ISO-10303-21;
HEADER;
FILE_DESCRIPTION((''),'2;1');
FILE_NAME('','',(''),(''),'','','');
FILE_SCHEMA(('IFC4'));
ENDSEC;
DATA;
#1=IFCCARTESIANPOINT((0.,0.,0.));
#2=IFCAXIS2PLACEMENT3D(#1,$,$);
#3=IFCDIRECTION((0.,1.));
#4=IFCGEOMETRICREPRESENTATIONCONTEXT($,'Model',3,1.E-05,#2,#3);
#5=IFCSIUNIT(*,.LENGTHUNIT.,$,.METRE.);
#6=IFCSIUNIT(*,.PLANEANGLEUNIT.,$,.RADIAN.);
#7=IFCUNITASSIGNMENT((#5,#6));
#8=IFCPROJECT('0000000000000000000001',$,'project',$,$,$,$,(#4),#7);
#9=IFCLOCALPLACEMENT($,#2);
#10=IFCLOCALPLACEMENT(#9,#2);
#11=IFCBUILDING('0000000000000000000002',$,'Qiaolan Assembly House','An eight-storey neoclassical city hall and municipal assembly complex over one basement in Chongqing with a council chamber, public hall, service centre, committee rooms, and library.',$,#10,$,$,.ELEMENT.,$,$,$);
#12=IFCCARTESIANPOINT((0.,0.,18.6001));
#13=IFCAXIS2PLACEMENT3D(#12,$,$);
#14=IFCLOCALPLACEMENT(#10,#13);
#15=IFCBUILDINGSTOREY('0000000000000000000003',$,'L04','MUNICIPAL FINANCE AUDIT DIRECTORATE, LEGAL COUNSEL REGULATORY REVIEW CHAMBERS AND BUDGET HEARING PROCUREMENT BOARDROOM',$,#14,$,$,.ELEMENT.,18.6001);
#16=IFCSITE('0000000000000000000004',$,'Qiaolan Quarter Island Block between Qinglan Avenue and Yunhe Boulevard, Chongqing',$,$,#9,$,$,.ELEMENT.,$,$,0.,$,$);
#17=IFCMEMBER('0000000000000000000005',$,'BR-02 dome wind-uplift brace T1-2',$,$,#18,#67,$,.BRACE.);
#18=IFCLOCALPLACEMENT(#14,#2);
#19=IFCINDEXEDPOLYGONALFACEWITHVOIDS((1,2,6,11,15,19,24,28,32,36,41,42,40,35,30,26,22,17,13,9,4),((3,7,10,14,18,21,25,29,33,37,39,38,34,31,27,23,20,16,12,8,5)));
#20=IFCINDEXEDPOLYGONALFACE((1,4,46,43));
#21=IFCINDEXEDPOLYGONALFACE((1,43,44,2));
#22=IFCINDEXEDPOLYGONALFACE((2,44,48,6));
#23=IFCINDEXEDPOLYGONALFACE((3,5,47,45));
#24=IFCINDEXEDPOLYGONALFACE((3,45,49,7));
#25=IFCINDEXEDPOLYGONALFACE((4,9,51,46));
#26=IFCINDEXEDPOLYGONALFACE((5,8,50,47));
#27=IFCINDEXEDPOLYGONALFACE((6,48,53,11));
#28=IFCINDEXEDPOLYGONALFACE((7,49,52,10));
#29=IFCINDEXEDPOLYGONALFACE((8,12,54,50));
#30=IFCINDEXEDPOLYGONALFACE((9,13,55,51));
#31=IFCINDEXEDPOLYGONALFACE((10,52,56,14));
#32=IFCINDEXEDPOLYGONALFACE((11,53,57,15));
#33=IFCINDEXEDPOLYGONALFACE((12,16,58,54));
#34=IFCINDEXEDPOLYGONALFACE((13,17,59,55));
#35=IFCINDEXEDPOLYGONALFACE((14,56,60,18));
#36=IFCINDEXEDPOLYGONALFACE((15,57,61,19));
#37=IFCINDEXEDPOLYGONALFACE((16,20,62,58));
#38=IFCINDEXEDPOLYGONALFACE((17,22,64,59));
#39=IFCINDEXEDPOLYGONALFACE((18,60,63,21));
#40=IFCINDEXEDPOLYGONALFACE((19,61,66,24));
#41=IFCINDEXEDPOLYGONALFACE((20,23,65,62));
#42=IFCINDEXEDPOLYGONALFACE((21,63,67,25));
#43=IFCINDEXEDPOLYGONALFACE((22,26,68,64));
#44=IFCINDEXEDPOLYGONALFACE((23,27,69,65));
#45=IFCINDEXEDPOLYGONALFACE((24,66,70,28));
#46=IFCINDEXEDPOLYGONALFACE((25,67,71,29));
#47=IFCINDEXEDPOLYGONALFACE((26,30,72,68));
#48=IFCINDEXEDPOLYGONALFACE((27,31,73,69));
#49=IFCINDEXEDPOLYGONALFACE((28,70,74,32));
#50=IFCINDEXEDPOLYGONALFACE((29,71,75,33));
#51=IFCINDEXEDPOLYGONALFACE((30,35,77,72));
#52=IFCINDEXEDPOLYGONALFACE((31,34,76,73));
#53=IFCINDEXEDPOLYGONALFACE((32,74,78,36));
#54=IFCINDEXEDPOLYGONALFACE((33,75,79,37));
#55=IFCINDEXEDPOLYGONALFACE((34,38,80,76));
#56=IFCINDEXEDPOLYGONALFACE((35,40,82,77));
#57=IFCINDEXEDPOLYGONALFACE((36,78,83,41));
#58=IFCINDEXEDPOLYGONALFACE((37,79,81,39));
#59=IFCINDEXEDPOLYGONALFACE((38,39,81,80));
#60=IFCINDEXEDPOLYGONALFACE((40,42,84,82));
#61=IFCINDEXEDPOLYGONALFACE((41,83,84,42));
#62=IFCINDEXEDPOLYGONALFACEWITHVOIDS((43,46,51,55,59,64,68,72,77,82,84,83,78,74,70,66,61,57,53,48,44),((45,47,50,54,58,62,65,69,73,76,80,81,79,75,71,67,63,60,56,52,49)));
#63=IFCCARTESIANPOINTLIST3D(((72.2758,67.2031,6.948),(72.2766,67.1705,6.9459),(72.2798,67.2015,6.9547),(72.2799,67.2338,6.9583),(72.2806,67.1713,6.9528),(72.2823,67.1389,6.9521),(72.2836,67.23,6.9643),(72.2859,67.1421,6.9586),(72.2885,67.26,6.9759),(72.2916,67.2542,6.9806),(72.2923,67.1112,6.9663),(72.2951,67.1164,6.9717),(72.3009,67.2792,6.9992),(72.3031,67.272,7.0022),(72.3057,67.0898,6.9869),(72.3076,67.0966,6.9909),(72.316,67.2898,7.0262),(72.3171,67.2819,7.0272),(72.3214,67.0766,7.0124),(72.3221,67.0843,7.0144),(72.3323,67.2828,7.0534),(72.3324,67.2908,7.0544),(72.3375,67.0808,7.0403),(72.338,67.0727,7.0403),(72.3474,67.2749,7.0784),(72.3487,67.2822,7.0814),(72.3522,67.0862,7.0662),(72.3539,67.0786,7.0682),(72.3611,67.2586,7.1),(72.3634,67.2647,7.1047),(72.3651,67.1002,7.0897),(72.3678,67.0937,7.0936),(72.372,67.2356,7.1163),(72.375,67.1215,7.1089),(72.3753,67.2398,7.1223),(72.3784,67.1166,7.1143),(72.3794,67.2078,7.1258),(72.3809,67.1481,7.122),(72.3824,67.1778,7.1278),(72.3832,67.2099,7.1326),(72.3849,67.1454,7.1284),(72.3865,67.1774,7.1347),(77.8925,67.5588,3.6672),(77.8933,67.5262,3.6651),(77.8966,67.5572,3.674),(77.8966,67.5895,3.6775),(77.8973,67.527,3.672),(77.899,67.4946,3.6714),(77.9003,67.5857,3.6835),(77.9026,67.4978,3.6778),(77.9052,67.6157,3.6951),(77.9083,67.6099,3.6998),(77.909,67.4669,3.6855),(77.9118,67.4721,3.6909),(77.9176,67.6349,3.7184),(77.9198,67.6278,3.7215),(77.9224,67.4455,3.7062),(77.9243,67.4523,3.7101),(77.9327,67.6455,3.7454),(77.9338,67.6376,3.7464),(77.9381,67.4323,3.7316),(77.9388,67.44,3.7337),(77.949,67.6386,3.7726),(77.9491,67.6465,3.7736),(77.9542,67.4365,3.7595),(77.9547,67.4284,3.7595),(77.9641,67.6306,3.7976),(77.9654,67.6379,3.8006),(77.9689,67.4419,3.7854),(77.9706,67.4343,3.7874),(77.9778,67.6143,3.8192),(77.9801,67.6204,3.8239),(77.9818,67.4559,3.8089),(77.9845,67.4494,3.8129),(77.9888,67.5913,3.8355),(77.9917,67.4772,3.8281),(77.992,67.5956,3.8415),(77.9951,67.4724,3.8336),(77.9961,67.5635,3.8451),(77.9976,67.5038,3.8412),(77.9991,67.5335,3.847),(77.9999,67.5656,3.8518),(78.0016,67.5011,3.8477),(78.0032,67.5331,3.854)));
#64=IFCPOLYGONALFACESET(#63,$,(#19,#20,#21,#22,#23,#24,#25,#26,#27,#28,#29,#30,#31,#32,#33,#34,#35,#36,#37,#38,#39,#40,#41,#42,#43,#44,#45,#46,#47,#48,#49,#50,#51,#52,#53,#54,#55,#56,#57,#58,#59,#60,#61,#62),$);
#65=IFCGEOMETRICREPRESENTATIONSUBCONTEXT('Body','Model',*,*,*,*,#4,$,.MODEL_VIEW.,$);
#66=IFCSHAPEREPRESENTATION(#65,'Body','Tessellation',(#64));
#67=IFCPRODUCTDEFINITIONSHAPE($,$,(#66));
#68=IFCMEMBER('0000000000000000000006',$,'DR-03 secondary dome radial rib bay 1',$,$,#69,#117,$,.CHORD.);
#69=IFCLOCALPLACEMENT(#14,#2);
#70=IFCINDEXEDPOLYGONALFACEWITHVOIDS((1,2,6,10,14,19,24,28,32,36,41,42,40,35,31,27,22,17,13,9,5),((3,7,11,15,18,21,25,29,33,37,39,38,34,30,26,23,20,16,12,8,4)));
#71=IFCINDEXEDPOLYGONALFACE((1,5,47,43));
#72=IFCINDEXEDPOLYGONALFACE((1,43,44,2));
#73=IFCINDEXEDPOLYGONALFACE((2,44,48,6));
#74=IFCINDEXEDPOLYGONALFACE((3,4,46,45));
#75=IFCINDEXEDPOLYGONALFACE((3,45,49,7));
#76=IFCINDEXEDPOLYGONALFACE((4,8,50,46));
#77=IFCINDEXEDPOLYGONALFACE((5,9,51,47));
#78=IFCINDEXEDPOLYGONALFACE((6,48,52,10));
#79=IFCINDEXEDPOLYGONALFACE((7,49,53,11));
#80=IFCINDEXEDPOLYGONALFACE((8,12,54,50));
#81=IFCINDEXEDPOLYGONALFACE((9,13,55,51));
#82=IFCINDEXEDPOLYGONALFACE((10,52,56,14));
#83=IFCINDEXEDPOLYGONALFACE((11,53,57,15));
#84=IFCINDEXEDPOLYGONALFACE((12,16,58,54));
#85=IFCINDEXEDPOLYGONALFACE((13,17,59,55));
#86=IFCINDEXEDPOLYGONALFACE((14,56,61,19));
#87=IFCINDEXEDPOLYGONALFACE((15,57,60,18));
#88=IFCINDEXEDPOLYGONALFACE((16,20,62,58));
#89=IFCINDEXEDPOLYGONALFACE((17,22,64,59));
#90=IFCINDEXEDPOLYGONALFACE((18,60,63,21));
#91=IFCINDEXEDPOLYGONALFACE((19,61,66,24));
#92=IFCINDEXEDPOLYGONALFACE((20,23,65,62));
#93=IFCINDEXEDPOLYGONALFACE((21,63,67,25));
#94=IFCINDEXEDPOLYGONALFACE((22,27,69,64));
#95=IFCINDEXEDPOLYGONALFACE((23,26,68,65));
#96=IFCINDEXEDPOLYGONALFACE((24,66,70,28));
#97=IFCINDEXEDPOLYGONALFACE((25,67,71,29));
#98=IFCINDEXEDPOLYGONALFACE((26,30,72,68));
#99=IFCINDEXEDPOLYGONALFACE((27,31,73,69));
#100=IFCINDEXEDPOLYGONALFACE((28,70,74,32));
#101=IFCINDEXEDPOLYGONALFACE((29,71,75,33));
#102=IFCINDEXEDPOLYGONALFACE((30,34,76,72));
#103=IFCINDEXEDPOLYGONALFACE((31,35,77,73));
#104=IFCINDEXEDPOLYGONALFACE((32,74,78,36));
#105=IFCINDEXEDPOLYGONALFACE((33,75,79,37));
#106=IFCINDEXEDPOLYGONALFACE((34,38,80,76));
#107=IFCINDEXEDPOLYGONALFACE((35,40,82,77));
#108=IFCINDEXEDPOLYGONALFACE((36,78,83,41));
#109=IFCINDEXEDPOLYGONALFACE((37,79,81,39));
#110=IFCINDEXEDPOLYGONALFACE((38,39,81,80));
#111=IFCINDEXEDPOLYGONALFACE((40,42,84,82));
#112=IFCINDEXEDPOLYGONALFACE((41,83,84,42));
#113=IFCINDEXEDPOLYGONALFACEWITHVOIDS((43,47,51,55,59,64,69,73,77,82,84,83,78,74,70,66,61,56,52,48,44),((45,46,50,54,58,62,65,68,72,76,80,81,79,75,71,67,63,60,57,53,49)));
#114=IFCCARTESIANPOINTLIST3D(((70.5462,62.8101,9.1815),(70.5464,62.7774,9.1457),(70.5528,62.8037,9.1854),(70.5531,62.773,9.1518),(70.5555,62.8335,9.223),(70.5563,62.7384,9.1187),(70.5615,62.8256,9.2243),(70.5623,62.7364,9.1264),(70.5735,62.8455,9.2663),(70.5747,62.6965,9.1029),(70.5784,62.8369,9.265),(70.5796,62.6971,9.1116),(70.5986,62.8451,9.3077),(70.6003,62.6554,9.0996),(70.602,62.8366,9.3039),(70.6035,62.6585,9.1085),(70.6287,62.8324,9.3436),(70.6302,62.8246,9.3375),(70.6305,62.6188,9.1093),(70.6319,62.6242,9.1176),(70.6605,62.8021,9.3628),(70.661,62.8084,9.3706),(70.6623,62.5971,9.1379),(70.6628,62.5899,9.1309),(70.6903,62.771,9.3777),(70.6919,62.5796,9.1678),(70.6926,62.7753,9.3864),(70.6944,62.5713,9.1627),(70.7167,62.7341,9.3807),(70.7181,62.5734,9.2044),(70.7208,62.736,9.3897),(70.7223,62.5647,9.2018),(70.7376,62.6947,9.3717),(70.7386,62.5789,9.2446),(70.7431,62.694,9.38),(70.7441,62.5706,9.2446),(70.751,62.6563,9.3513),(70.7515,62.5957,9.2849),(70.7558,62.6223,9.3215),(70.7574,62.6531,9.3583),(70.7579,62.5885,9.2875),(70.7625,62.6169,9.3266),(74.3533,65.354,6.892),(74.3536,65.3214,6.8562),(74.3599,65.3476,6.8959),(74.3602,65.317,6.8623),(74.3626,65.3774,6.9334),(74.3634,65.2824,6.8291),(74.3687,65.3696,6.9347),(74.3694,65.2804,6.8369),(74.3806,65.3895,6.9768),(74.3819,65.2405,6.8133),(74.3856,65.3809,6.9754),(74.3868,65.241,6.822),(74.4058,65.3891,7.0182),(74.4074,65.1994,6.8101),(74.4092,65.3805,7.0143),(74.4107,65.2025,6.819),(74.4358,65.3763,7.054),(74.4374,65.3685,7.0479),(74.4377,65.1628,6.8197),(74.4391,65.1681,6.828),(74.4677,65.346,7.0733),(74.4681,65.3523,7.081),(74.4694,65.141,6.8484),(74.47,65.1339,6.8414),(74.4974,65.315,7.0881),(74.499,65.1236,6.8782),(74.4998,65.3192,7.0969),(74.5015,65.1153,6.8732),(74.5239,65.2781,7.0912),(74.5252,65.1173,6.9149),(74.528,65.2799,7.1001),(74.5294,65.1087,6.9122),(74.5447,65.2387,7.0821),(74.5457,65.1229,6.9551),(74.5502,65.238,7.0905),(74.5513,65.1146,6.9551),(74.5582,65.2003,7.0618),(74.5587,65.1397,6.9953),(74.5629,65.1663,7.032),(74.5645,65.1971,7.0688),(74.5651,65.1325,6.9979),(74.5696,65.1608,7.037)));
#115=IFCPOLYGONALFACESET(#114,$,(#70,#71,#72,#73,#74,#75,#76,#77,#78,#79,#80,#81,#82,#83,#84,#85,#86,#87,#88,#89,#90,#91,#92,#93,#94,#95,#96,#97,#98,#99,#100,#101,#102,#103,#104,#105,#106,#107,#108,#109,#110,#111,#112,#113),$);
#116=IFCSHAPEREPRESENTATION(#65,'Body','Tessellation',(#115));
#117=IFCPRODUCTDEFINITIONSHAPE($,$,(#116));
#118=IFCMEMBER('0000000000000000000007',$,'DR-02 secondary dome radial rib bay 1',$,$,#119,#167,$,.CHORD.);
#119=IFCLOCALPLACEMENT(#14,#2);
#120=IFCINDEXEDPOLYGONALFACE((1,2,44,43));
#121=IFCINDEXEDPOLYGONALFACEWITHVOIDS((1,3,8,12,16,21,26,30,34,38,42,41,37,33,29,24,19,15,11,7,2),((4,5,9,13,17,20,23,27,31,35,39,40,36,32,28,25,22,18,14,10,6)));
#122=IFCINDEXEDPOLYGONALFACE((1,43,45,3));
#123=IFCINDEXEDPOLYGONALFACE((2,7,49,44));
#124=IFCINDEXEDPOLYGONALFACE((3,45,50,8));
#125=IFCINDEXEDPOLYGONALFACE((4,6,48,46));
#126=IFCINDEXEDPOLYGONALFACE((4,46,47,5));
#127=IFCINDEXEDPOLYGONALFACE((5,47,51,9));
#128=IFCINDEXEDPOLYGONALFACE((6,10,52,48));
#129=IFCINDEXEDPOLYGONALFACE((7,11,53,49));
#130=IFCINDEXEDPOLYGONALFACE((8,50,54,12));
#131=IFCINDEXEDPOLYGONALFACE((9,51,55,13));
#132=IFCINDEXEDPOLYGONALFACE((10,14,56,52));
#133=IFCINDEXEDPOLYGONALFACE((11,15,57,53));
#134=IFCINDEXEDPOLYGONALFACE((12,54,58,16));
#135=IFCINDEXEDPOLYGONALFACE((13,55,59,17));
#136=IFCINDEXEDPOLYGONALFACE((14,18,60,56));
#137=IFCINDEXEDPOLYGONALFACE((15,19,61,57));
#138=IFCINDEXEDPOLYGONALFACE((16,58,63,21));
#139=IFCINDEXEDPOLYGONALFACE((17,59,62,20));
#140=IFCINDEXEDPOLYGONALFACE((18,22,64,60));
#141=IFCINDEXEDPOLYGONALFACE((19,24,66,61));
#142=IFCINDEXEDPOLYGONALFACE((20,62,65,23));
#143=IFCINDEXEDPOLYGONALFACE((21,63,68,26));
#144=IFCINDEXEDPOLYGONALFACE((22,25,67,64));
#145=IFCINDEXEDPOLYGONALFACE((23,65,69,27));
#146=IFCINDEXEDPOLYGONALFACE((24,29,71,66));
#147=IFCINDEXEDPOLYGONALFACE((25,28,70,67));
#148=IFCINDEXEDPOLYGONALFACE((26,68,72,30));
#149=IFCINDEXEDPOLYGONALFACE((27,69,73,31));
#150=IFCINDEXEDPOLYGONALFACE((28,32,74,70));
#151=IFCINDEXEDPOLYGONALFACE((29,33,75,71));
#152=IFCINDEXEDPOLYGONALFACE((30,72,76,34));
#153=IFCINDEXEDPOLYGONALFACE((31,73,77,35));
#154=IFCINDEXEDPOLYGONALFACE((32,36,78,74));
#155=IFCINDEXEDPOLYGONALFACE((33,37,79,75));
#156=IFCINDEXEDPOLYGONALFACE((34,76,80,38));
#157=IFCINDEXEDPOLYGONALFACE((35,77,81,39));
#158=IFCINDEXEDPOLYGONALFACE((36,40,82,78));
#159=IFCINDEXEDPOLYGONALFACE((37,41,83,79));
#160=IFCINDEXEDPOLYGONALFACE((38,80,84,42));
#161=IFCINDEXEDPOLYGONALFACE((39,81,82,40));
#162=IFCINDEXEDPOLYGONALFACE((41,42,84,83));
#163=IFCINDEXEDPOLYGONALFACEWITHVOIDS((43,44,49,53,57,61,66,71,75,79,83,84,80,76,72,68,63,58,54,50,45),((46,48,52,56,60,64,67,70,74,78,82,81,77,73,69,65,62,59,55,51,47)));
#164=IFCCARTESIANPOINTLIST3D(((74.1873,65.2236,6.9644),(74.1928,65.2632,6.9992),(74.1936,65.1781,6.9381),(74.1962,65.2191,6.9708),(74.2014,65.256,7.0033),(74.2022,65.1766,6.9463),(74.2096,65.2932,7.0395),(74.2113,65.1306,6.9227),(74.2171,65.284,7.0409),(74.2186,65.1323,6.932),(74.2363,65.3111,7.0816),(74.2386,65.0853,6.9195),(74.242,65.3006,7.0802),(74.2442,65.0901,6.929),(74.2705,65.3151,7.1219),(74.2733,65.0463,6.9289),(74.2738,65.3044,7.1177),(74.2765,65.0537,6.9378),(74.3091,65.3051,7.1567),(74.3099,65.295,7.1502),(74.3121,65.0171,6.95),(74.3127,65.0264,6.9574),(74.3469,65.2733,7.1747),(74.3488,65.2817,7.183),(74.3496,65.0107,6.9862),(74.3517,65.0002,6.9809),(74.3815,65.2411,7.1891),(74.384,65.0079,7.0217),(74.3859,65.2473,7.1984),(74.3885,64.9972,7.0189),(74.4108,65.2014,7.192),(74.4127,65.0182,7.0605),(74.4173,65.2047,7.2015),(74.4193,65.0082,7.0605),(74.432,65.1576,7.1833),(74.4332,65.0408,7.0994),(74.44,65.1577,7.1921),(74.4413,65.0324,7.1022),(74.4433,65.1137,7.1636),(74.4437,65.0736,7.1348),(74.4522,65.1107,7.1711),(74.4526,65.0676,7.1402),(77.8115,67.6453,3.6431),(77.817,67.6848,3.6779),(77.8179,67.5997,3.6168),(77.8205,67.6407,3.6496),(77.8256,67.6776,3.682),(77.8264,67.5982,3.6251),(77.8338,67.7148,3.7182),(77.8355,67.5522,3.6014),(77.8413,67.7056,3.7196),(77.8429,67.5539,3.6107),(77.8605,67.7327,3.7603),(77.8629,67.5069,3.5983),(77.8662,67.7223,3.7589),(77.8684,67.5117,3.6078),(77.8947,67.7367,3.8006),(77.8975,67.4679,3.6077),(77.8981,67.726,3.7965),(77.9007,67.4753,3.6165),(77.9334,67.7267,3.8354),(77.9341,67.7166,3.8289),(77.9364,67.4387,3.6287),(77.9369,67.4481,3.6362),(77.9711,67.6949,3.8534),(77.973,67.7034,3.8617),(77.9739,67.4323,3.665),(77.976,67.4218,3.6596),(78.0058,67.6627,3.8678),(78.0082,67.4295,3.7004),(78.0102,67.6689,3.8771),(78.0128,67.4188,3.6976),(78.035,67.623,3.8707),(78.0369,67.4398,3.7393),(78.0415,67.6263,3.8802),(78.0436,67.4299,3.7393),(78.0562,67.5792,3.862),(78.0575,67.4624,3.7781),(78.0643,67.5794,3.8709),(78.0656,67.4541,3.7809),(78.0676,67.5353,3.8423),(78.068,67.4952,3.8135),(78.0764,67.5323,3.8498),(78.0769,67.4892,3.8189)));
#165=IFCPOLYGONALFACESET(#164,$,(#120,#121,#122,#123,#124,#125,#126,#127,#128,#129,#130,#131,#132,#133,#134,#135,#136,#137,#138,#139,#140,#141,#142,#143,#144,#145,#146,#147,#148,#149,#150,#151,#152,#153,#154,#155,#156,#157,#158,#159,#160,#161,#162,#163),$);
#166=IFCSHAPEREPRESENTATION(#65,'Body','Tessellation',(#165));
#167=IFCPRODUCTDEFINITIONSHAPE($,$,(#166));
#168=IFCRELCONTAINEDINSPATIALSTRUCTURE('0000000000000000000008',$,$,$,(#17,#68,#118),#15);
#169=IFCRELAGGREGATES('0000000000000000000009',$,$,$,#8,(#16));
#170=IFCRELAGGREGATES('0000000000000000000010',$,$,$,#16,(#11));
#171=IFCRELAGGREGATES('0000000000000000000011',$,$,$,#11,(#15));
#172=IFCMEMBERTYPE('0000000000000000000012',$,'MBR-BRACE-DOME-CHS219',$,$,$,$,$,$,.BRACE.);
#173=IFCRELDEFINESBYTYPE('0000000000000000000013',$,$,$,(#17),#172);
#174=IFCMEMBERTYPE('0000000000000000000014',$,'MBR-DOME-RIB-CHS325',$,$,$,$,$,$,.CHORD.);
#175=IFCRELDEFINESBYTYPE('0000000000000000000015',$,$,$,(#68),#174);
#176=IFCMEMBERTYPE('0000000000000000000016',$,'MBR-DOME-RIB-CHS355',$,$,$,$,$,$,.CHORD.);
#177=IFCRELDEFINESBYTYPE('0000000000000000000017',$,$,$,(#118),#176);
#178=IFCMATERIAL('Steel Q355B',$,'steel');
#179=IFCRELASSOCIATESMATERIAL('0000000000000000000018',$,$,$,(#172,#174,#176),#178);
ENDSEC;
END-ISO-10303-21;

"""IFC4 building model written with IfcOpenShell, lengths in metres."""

from ifc_helpers import new_model, si_unit, direction, frame, origin, origin_2d, place, context, subcontext, project, spatial, hollow_circle, extrude, material, material_profile, profile_set, type_object, element, save


model = new_model("IFC4")

# Units and contexts
model_context = context("Model", 3, precision=1e-05, world=origin(), true_north=direction((0.0, 1.0)))
body_context = subcontext(model_context, "Body", "Model", "MODEL_VIEW")
ifc_project = project(units=[si_unit("LENGTHUNIT", "METRE"), si_unit("PLANEANGLEUNIT", "RADIAN")], contexts=[model_context])

# Site, building, storey
site_placement = place(None, origin())
site = spatial("IfcSite", under=ifc_project, at=site_placement, Name="Qiaolan Quarter Island Block between Qinglan Avenue and Yunhe Boulevard, Chongqing", CompositionType="ELEMENT", RefElevation=0.0)
building_placement = place(site_placement, origin())
building = spatial("IfcBuilding", under=site, at=building_placement, Name="Qiaolan Assembly House", Description="An eight-storey neoclassical city hall and municipal assembly complex over one basement in Chongqing with a council chamber, public hall, service centre, committee rooms, and library.", CompositionType="ELEMENT")
storey_placement = place(building_placement, frame((0.0, 0.0, 18.6001)))
storey = spatial("IfcBuildingStorey", under=building, at=storey_placement, Name="L04", Description="MUNICIPAL FINANCE AUDIT DIRECTORATE, LEGAL COUNSEL REGULATORY REVIEW CHAMBERS AND BUDGET HEARING PROCUREMENT BOARDROOM", CompositionType="ELEMENT", Elevation=18.6001)

# Shared definitions
ifc_material_1 = material(Name="Steel Q355B", Category="steel")

# Members
ifc_material_profile_1 = material_profile(ifc_material_1, hollow_circle(Radius=0.1096, WallThickness=0.0081, at=origin_2d()), Name="CHS 219.1x8")
ifc_profile_set_1 = profile_set([ifc_material_profile_1], Name="Steel Q355B")
member_type_1 = type_object("IfcMemberType", Name="MBR-BRACE-DOME-CHS219", PredefinedType="BRACE", material=ifc_profile_set_1)
member_1_placement = place(storey_placement, frame((77.9478, 67.5378, 3.7595), z_axis=(-0.862199, -0.054604, 0.503618), x_axis=(0.063205, -0.998001, 0.0)))
element("IfcMember", 1, at=member_1_placement, inside=storey, type_object=member_type_1, Name="BR-02 dome wind-uplift brace T1-2", PredefinedType="BRACE", context=body_context, shape_type="SweptSolid", body=[
    extrude(hollow_circle(Radius=0.1096, WallThickness=0.0081, at=origin_2d()), origin(), (0.0, 0.0, 1.0), 6.5144),
])
ifc_material_profile_2 = material_profile(ifc_material_1, hollow_circle(Radius=0.1626, WallThickness=0.01, at=origin_2d()), Name="CHS 325x10")
ifc_profile_set_2 = profile_set([ifc_material_profile_2], Name="Steel Q355B")
member_type_2 = type_object("IfcMemberType", Name="MBR-DOME-RIB-CHS325", PredefinedType="CHORD", material=ifc_profile_set_2)
member_2_placement = place(storey_placement, frame((74.4609, 65.2498, 6.9551), z_axis=(-0.743672, -0.496926, 0.447233), x_axis=(0.555586, -0.831459, 0.0)))
element("IfcMember", 2, at=member_2_placement, inside=storey, type_object=member_type_2, Name="DR-03 secondary dome radial rib bay 1", PredefinedType="CHORD", context=body_context, shape_type="SweptSolid", body=[
    extrude(hollow_circle(Radius=0.1626, WallThickness=0.01, at=origin_2d()), origin(), (0.0, 0.0, 1.0), 5.1194),
])
ifc_material_profile_3 = material_profile(ifc_material_1, hollow_circle(Radius=0.1777, WallThickness=0.012, at=origin_2d()), Name="CHS 355.6x12")
ifc_profile_set_3 = profile_set([ifc_material_profile_3], Name="Steel Q355B")
member_type_3 = type_object("IfcMemberType", Name="MBR-DOME-RIB-CHS355", PredefinedType="CHORD", material=ifc_profile_set_3)
member_3_placement = place(storey_placement, frame((77.9448, 67.5776, 3.7393), z_axis=(-0.661361, -0.441902, 0.606073), x_axis=(0.555566, -0.831473, 0.0)))
element("IfcMember", 3, at=member_3_placement, inside=storey, type_object=member_type_3, Name="DR-02 secondary dome radial rib bay 1", PredefinedType="CHORD", context=body_context, shape_type="SweptSolid", body=[
    extrude(hollow_circle(Radius=0.1777, WallThickness=0.012, at=origin_2d()), origin(), (0.0, 0.0, 1.0), 5.48),
])

save(model, "model.ifc")
